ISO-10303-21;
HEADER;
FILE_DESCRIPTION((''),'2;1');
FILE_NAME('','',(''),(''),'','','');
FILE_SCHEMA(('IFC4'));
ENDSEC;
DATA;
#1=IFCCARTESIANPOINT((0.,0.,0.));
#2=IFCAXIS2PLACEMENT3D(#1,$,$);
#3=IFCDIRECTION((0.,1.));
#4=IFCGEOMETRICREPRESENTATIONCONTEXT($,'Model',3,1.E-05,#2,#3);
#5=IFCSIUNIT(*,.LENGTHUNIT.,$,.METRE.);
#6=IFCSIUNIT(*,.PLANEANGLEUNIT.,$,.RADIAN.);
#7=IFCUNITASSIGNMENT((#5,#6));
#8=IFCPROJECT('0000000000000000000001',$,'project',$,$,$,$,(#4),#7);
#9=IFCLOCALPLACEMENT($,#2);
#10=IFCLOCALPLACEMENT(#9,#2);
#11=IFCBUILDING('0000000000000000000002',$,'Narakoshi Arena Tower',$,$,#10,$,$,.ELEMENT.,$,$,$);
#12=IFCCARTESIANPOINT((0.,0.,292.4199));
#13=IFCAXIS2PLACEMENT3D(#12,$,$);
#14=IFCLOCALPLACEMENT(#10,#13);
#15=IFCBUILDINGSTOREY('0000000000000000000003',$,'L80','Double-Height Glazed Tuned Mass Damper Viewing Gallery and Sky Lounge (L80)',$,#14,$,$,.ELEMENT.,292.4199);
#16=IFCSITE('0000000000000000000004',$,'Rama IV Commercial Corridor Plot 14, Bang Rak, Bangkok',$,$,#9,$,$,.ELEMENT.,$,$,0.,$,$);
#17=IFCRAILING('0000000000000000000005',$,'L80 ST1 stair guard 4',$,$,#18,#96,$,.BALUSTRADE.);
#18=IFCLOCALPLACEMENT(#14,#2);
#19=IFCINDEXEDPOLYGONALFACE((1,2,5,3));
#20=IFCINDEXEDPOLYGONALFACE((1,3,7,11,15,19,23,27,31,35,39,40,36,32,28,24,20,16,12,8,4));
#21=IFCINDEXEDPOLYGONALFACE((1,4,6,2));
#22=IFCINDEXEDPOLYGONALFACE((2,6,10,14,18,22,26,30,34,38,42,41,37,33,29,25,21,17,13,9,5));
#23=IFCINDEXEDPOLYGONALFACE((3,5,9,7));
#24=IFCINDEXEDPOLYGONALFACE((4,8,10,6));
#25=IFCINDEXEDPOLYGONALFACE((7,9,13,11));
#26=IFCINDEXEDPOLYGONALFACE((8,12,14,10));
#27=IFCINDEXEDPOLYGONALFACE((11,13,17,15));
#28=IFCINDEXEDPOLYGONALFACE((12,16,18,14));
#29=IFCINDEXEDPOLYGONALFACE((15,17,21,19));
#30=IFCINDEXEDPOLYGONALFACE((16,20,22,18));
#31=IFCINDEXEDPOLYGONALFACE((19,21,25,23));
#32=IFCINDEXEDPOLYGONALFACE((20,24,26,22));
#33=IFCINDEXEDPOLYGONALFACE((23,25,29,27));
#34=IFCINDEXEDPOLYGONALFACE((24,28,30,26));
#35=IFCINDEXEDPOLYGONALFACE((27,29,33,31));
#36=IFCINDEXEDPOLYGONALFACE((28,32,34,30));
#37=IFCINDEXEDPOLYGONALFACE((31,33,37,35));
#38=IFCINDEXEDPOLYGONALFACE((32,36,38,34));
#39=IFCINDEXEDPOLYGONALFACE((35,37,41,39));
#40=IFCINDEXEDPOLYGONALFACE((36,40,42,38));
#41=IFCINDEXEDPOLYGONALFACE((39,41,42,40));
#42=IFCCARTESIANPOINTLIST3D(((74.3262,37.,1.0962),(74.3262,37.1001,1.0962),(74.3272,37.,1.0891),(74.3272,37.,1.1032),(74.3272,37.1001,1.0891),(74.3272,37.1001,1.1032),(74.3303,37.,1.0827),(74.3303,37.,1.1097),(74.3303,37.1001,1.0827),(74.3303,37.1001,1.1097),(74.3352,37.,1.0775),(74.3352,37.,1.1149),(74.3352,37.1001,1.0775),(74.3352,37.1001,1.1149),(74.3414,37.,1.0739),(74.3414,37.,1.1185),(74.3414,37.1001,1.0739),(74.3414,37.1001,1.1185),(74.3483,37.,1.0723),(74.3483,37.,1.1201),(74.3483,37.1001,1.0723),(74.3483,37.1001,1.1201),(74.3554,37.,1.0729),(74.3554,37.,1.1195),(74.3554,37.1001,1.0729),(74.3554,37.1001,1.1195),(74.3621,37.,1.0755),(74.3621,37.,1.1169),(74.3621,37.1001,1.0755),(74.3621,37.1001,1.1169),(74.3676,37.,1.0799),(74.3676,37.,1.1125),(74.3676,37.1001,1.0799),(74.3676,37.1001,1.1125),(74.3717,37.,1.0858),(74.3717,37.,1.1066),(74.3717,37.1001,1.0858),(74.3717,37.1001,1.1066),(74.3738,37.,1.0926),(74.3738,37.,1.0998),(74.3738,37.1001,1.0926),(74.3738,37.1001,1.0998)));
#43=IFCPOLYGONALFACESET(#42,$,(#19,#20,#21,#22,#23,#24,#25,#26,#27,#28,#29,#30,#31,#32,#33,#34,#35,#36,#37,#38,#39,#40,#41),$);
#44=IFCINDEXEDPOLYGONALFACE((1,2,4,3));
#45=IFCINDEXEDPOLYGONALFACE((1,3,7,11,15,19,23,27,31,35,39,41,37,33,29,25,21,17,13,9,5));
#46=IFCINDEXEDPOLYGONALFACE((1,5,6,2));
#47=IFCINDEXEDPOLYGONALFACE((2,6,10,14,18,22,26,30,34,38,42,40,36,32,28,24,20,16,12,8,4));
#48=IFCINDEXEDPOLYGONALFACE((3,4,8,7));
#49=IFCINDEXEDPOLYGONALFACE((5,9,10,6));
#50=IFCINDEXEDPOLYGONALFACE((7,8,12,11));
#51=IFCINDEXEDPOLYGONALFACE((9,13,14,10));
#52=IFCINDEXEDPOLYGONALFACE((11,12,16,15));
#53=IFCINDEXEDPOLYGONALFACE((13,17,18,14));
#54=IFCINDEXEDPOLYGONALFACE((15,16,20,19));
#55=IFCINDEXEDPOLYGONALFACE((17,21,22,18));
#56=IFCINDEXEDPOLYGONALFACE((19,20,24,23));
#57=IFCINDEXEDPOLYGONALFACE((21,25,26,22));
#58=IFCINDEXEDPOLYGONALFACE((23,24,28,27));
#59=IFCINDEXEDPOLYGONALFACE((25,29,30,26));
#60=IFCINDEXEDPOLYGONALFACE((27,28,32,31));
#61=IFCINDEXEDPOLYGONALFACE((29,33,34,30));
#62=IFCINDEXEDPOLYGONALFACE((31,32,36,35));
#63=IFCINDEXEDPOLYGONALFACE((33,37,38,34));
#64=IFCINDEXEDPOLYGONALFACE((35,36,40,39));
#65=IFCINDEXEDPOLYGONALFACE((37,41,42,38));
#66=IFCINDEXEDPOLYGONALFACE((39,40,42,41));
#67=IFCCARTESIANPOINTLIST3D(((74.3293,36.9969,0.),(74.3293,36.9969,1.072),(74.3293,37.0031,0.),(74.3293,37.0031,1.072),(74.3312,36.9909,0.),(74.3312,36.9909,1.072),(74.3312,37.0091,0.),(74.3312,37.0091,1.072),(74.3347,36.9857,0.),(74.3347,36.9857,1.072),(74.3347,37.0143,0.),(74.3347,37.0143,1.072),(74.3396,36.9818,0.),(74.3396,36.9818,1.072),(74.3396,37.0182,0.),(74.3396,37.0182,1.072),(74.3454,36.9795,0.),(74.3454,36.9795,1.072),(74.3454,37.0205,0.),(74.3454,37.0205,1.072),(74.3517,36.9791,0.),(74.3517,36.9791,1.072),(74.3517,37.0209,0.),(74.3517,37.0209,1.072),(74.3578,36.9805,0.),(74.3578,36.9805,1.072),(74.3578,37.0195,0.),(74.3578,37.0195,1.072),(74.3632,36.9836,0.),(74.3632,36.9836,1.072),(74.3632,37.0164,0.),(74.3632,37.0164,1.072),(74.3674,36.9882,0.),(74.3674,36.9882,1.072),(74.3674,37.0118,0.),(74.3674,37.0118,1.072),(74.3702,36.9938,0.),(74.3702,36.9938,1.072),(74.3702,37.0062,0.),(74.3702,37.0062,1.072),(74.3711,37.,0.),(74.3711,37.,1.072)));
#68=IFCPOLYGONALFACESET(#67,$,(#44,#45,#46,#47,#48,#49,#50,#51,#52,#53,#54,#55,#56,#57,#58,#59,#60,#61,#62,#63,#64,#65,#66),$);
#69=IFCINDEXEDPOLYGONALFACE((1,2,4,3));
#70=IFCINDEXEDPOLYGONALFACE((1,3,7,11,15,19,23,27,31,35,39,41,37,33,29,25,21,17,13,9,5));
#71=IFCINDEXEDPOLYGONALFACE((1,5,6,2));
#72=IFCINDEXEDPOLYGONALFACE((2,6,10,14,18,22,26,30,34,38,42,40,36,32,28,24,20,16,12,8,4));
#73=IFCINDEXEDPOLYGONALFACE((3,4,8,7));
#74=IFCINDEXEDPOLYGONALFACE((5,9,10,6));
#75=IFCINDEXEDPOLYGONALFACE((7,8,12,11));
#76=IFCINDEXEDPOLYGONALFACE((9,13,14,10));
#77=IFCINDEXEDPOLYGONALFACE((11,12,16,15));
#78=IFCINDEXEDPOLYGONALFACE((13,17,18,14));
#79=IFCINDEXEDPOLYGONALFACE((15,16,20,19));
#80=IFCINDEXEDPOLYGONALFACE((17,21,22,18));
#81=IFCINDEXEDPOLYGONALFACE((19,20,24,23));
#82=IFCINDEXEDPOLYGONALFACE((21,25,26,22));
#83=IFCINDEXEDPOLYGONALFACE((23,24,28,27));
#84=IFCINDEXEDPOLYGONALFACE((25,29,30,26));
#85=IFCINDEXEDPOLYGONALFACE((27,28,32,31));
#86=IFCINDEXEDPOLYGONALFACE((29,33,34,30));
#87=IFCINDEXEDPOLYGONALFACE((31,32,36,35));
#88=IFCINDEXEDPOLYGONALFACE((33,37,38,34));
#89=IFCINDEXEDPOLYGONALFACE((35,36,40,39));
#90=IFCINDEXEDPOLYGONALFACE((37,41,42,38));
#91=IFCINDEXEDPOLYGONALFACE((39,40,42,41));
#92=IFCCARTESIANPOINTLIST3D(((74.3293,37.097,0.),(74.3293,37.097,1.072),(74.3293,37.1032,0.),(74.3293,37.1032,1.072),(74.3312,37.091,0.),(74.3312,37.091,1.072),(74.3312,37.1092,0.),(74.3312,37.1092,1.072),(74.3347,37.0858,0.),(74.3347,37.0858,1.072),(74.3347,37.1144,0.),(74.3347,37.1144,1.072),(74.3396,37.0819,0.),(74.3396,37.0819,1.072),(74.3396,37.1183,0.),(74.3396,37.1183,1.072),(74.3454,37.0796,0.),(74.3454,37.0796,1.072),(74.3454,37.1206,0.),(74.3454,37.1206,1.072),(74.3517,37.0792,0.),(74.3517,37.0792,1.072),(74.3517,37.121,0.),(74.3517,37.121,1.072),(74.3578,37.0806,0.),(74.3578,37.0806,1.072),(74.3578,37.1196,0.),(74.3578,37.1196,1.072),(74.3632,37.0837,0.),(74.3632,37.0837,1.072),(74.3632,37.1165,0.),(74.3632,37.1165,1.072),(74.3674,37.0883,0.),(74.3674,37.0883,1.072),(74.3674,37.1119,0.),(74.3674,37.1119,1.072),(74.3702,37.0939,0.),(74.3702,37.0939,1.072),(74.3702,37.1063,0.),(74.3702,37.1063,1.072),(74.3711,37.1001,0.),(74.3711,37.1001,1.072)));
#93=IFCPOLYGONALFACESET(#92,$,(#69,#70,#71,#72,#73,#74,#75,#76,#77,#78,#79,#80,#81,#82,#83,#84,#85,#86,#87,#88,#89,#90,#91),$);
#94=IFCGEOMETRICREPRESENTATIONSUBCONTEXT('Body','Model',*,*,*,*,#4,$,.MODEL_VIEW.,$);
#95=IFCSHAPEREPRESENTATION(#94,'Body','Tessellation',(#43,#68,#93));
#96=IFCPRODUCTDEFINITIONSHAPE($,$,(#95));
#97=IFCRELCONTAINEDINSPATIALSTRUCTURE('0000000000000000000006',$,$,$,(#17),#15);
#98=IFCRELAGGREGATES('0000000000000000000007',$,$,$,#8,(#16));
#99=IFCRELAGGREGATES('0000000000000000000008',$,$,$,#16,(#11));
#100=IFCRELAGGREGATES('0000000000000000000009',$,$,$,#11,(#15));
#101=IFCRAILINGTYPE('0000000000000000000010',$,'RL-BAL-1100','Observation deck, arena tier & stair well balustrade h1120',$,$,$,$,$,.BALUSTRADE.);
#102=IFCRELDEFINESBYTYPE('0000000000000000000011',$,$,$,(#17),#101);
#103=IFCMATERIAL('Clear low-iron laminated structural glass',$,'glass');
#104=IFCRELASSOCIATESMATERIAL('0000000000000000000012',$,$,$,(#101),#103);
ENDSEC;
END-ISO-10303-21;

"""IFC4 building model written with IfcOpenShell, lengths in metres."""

from ifc_helpers import new_model, si_unit, direction, frame, origin, origin_2d, place, context, subcontext, project, spatial, circle, extrude, material, type_object, element, save


model = new_model("IFC4")

# Units and contexts
model_context = context("Model", 3, precision=1e-05, world=origin(), true_north=direction((0.0, 1.0)))
body_context = subcontext(model_context, "Body", "Model", "MODEL_VIEW")
ifc_project = project(units=[si_unit("LENGTHUNIT", "METRE"), si_unit("PLANEANGLEUNIT", "RADIAN")], contexts=[model_context])

# Site, building, storey
site_placement = place(None, origin())
site = spatial("IfcSite", under=ifc_project, at=site_placement, Name="Rama IV Commercial Corridor Plot 14, Bang Rak, Bangkok", CompositionType="ELEMENT", RefElevation=0.0)
building_placement = place(site_placement, origin())
building = spatial("IfcBuilding", under=site, at=building_placement, Name="Narakoshi Arena Tower", CompositionType="ELEMENT")
storey_placement = place(building_placement, frame((0.0, 0.0, 292.4199)))
storey = spatial("IfcBuildingStorey", under=building, at=storey_placement, Name="L80", Description="Double-Height Glazed Tuned Mass Damper Viewing Gallery and Sky Lounge (L80)", CompositionType="ELEMENT", Elevation=292.4199)

# Railing
ifc_material_1 = material(Name="Clear low-iron laminated structural glass", Category="glass")
railing_type_1 = type_object("IfcRailingType", Name="RL-BAL-1100", Description="Observation deck, arena tier & stair well balustrade h1120", PredefinedType="BALUSTRADE", material=ifc_material_1)
railing_1_placement = place(storey_placement, frame((74.3501, 37.0, 0.0)))
element("IfcRailing", 1, at=railing_1_placement, inside=storey, type_object=railing_type_1, Name="L80 ST1 stair guard 4", PredefinedType="BALUSTRADE", context=body_context, shape_type="SweptSolid", body=[
    extrude(circle(Radius=0.0239, at=origin_2d()), frame((0.0, 0.0, 1.0962), z_axis=(0.0, 1.0, 0.0), x_axis=(-1.0, 0.0, 0.0)), (0.0, 0.0, 1.0), 0.1001),
    extrude(circle(Radius=0.021, at=origin_2d()), origin(), (0.0, 0.0, 1.0), 1.072),
    extrude(circle(Radius=0.021, at=origin_2d()), frame((0.0, 0.1001, 0.0)), (0.0, 0.0, 1.0), 1.072),
])

save(model, "model.ifc")
